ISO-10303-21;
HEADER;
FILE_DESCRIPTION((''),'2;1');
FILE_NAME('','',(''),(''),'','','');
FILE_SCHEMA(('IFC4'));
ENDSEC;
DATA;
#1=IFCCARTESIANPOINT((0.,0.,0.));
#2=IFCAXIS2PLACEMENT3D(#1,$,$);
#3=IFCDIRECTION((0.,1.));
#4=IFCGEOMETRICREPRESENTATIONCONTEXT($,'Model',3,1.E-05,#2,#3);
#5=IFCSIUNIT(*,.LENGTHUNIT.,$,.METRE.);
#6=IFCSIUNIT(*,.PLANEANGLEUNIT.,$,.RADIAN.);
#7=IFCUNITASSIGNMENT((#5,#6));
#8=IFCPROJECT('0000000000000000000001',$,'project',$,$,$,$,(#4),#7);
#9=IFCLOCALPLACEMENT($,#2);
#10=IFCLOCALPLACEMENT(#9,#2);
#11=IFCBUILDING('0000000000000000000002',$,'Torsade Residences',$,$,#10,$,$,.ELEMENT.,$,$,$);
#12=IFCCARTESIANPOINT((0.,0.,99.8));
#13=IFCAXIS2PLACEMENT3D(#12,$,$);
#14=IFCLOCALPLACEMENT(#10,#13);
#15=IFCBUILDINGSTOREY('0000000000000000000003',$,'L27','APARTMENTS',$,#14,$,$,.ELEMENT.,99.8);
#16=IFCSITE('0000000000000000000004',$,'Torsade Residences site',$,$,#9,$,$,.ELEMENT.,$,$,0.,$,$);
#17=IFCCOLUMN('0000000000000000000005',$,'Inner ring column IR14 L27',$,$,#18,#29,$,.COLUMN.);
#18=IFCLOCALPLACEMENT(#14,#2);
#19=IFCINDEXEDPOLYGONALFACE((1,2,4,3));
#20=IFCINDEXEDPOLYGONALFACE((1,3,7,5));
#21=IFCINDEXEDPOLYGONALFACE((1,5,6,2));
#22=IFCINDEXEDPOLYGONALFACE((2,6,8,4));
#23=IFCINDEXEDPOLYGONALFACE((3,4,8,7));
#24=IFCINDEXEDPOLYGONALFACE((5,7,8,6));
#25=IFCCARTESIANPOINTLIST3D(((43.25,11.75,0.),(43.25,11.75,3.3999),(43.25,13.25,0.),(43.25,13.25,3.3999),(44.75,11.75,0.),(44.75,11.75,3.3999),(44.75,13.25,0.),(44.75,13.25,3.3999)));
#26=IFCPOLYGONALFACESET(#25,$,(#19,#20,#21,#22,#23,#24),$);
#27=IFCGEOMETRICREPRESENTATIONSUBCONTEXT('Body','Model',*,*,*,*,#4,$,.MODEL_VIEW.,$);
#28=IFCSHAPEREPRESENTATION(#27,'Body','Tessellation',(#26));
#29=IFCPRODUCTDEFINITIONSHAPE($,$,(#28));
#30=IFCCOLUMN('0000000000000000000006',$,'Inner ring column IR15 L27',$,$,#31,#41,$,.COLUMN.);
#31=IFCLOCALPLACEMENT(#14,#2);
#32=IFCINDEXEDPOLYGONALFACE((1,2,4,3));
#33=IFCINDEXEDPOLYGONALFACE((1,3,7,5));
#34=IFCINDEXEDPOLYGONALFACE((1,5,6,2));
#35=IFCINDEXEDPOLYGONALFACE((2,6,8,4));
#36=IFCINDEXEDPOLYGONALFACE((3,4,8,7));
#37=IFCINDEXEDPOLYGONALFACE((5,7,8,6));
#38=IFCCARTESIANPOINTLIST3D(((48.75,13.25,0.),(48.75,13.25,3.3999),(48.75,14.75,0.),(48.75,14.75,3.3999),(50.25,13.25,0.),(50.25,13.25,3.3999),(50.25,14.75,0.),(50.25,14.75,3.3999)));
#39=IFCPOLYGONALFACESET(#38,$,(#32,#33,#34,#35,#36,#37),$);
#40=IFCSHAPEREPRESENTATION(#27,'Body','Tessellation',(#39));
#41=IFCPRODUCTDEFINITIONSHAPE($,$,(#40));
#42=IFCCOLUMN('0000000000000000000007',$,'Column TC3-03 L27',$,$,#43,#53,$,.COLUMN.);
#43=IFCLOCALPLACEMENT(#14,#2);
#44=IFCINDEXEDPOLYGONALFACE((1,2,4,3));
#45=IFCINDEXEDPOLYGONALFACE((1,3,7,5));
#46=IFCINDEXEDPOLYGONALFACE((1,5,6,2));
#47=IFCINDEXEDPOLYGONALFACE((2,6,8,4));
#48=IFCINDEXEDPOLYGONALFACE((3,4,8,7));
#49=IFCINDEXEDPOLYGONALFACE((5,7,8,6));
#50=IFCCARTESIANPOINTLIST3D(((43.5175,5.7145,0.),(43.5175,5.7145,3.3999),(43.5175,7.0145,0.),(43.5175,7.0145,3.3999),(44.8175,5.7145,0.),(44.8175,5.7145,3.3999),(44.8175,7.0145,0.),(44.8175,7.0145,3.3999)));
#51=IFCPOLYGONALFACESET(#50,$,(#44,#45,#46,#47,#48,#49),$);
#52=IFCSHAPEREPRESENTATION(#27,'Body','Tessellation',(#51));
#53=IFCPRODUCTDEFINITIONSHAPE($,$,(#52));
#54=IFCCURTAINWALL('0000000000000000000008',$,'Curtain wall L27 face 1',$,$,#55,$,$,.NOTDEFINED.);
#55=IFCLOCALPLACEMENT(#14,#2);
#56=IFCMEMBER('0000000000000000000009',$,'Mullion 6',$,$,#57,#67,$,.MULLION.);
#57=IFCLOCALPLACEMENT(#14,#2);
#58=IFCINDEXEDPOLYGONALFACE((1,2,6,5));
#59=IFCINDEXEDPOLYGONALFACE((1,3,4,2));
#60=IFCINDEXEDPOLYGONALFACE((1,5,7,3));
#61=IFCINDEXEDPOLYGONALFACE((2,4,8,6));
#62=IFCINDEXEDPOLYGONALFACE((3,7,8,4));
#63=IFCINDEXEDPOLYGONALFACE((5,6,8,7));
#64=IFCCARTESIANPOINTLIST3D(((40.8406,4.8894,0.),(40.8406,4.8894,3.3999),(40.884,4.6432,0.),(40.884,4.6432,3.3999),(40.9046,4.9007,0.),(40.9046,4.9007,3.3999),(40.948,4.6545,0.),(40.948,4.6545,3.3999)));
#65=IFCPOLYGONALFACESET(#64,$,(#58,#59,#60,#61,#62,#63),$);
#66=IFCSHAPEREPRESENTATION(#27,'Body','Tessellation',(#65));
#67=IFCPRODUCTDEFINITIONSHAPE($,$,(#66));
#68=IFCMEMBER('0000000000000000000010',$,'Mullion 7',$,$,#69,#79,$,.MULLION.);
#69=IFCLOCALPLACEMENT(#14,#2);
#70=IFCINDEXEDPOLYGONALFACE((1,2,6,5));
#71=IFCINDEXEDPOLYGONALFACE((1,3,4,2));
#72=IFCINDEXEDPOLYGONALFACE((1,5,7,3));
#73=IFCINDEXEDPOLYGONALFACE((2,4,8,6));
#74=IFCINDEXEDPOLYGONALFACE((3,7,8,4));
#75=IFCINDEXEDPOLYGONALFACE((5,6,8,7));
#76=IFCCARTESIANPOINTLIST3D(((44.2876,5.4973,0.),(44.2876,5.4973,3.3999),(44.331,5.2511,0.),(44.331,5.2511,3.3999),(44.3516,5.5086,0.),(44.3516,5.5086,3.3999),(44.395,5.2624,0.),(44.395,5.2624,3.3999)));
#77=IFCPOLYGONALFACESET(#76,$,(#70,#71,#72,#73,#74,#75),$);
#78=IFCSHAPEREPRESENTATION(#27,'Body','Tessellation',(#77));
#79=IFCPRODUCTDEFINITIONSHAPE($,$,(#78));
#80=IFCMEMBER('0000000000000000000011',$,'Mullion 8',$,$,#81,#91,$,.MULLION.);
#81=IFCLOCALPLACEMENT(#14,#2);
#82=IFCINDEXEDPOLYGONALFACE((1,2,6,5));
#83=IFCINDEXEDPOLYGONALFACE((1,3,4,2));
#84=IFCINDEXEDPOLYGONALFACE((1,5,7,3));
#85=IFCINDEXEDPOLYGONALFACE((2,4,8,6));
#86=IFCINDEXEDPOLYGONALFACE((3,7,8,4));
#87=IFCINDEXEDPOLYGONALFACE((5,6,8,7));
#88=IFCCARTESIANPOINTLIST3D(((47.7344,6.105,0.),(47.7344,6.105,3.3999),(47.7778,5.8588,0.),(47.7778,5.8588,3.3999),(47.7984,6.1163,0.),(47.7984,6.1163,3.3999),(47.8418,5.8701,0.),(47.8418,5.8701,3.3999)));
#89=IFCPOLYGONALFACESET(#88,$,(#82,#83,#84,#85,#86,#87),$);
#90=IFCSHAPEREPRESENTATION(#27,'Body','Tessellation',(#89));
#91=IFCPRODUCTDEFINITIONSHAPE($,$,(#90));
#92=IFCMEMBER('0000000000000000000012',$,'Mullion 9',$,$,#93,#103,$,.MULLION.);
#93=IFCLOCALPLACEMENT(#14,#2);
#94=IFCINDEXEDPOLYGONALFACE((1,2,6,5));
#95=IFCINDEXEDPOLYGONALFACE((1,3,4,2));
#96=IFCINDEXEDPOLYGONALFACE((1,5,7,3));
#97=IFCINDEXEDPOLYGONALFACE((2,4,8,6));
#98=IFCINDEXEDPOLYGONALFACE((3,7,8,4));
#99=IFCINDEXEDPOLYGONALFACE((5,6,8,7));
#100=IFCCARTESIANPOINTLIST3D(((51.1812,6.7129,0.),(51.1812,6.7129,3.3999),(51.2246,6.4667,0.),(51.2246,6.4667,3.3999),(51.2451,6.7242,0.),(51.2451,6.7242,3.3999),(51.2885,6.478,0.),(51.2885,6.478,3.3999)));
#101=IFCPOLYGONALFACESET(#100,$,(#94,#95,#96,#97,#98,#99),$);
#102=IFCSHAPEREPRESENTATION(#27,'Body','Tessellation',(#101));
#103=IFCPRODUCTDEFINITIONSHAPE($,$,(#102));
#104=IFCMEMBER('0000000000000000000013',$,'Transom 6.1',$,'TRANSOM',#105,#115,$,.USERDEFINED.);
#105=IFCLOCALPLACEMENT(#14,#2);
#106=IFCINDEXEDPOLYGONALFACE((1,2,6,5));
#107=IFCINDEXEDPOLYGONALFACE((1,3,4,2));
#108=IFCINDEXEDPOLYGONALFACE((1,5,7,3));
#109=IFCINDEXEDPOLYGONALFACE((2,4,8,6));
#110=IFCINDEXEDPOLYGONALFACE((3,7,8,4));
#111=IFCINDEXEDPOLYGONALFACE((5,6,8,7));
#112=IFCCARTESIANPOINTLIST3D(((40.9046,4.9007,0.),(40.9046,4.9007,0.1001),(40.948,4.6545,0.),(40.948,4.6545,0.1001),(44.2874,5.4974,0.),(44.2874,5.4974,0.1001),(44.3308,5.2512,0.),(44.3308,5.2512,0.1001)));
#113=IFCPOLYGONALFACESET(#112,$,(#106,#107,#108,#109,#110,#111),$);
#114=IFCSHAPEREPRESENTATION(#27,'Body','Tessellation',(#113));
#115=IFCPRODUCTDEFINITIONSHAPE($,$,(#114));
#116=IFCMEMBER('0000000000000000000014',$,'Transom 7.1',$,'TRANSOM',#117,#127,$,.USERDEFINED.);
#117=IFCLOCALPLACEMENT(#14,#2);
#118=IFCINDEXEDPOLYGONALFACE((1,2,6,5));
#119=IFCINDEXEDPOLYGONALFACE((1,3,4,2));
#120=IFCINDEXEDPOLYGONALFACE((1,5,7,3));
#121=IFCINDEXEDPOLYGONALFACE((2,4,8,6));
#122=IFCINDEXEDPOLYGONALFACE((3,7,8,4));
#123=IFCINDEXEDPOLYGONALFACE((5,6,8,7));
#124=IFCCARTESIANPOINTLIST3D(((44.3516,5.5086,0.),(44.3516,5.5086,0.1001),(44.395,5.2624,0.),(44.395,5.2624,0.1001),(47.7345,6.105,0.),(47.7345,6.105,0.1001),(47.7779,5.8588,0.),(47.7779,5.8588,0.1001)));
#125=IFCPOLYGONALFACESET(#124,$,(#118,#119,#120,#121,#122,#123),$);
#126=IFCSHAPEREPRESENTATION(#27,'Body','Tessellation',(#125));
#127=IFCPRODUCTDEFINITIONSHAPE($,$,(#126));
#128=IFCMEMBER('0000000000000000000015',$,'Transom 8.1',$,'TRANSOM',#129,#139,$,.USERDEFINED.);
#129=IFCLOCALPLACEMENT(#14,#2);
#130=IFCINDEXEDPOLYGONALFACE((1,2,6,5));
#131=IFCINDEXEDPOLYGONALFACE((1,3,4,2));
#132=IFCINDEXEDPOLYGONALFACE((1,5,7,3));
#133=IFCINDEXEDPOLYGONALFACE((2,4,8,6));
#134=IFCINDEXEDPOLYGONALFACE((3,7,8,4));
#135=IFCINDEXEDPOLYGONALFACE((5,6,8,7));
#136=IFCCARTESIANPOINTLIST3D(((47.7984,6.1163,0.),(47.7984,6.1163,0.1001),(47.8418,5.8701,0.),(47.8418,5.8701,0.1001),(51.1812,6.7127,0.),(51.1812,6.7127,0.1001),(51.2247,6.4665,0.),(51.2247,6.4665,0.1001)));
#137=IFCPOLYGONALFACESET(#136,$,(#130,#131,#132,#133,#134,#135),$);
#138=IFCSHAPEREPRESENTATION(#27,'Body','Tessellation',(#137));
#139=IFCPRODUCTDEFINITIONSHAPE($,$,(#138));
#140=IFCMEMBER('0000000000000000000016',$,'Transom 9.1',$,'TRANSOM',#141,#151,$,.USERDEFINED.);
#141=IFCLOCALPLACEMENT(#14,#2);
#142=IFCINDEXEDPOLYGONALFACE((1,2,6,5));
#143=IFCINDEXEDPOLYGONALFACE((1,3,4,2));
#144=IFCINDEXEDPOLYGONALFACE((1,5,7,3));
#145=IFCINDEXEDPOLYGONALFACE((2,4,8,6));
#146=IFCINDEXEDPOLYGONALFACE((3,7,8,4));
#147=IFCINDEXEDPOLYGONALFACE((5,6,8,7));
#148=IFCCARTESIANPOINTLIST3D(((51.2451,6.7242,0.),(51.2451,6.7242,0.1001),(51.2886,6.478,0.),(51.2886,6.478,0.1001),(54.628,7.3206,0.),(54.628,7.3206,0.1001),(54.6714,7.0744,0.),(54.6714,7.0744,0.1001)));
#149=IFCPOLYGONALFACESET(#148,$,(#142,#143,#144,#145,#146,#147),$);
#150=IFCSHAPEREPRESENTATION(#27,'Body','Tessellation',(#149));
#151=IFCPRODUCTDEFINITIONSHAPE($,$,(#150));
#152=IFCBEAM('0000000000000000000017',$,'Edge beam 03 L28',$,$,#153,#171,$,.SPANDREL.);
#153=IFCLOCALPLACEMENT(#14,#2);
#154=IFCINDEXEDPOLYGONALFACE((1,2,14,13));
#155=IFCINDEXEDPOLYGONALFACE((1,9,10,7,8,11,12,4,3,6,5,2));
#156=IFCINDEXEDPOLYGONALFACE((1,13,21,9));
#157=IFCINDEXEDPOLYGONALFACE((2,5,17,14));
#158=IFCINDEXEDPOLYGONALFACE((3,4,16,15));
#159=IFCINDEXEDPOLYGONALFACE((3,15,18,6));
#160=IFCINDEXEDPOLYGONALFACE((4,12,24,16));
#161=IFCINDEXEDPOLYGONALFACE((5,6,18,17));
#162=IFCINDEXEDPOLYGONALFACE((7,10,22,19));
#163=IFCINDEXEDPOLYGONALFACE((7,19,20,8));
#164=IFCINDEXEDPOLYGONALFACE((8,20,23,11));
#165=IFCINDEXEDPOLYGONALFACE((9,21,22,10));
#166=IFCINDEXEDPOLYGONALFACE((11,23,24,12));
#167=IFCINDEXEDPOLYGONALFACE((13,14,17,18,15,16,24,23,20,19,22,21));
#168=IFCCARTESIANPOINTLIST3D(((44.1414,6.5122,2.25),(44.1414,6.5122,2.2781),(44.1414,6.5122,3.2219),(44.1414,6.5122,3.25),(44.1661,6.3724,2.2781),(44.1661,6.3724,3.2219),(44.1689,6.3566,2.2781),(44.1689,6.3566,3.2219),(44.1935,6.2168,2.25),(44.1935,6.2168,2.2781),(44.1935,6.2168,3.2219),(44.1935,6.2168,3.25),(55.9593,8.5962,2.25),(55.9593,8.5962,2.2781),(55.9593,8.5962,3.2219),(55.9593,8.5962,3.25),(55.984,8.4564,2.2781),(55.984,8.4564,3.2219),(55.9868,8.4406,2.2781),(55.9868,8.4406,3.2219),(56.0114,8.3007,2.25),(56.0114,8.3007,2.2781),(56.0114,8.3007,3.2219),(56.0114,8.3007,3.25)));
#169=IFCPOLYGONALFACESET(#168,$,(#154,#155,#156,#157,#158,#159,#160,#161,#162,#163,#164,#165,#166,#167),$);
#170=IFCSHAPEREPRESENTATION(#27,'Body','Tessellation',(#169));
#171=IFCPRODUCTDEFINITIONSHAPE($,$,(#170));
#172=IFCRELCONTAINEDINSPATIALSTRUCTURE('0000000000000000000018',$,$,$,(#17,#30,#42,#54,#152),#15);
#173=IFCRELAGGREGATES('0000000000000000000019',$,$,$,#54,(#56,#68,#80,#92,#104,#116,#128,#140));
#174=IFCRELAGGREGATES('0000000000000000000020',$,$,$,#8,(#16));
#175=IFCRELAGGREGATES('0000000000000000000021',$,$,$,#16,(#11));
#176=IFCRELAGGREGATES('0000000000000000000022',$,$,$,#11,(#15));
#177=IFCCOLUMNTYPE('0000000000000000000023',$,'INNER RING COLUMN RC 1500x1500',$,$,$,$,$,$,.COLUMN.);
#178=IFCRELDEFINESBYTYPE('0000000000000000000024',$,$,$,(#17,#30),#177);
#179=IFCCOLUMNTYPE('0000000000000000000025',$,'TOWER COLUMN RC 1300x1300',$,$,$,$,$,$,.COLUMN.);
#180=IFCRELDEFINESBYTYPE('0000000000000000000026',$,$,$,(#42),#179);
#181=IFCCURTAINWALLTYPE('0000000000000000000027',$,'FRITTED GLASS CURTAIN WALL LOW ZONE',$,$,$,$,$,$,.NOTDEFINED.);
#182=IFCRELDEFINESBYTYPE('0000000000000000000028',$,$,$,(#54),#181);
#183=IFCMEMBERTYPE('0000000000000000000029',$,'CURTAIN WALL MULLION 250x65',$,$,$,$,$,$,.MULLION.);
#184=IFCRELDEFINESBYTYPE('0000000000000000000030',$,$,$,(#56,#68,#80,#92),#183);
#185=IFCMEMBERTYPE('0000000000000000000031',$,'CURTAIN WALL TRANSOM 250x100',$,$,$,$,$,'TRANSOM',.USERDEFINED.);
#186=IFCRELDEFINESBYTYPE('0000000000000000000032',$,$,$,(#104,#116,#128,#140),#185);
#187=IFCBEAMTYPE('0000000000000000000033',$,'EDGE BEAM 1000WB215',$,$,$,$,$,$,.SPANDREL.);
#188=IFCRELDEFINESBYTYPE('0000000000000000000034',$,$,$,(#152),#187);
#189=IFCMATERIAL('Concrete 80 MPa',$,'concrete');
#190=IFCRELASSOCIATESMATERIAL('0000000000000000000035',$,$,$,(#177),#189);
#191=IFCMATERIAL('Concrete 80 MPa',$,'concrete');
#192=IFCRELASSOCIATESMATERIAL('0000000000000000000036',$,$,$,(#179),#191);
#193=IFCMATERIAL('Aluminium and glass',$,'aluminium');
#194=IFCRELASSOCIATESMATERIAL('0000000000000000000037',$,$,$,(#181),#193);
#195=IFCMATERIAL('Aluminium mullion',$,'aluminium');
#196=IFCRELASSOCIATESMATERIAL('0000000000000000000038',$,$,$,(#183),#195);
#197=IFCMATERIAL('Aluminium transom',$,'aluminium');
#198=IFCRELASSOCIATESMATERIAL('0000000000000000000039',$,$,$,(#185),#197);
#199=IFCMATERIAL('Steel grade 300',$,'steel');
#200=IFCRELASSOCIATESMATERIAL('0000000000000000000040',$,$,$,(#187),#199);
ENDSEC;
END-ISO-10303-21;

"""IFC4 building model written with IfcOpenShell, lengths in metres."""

from ifc_helpers import new_model, si_unit, direction, frame, origin, origin_2d, place, context, subcontext, project, spatial, rectangle, i_section, extrude, material, material_profile, profile_set, type_object, element, aggregate, save


model = new_model("IFC4")

# Units and contexts
model_context = context("Model", 3, precision=1e-05, world=origin(), true_north=direction((0.0, 1.0)))
body_context = subcontext(model_context, "Body", "Model", "MODEL_VIEW")
ifc_project = project(units=[si_unit("LENGTHUNIT", "METRE"), si_unit("PLANEANGLEUNIT", "RADIAN")], contexts=[model_context])

# Site, building, storey
site_placement = place(None, origin())
site = spatial("IfcSite", under=ifc_project, at=site_placement, Name="Torsade Residences site", CompositionType="ELEMENT", RefElevation=0.0)
building_placement = place(site_placement, origin())
building = spatial("IfcBuilding", under=site, at=building_placement, Name="Torsade Residences", CompositionType="ELEMENT")
storey_placement = place(building_placement, frame((0.0, 0.0, 99.8)))
storey = spatial("IfcBuildingStorey", under=building, at=storey_placement, Name="L27", Description="APARTMENTS", CompositionType="ELEMENT", Elevation=99.8)

# Columns
ifc_material_1 = material(Name="Concrete 80 MPa", Category="concrete")
ifc_material_profile_1 = material_profile(ifc_material_1, rectangle(XDim=1.5, YDim=1.5, at=origin_2d()), Name="RC 1500x1500")
ifc_profile_set_1 = profile_set([ifc_material_profile_1], Name="Concrete 80 MPa")
column_type_1 = type_object("IfcColumnType", Name="INNER RING COLUMN RC 1500x1500", PredefinedType="COLUMN", material=ifc_profile_set_1)
for number, where, z_axis, x_axis, name in (
    (1, (44.0, 12.5, 0.0), (0.0, 0.0, 1.0), (1.0, 0.0, 0.0), "Inner ring column IR14 L27"),
    (2, (49.5, 14.0, 0.0), (0.0, 0.0, 1.0), (1.0, 0.0, 0.0), "Inner ring column IR15 L27"),
):
    element("IfcColumn", number, at=place(storey_placement, frame(where, z_axis=z_axis, x_axis=x_axis)), inside=storey, type_object=column_type_1, Name=name, PredefinedType="COLUMN", context=body_context, shape_type="SweptSolid", body=[
        extrude(rectangle(XDim=1.5, YDim=1.5, at=origin_2d()), origin(), (0.0, 0.0, 1.0), 3.3999),
    ])
ifc_material_2 = material(Name="Concrete 80 MPa", Category="concrete")
ifc_material_profile_2 = material_profile(ifc_material_2, rectangle(XDim=1.3, YDim=1.3, at=origin_2d()), Name="RC 1300x1300")
ifc_profile_set_2 = profile_set([ifc_material_profile_2], Name="Concrete 80 MPa")
column_type_2 = type_object("IfcColumnType", Name="TOWER COLUMN RC 1300x1300", PredefinedType="COLUMN", material=ifc_profile_set_2)
column_placement = place(storey_placement, frame((44.1675, 6.3645, 0.0), z_axis=(0.0, 0.0, 1.0), x_axis=(1.0, 0.0, 0.0)))
element("IfcColumn", 3, at=column_placement, inside=storey, type_object=column_type_2, Name="Column TC3-03 L27", PredefinedType="COLUMN", context=body_context, shape_type="SweptSolid", body=[
    extrude(rectangle(XDim=1.3, YDim=1.3, at=origin_2d()), origin(), (0.0, 0.0, 1.0), 3.3999),
])

# Curtain wall, members
ifc_material_3 = material(Name="Aluminium and glass", Category="aluminium")
curtain_wall_type = type_object("IfcCurtainWallType", Name="FRITTED GLASS CURTAIN WALL LOW ZONE", PredefinedType="NOTDEFINED", material=ifc_material_3)
curtain_wall_placement = place(storey_placement, origin())
curtain_wall = element("IfcCurtainWall", 4, at=curtain_wall_placement, inside=storey, type_object=curtain_wall_type, Name="Curtain wall L27 face 1", PredefinedType="NOTDEFINED")
ifc_material_4 = material(Name="Aluminium mullion", Category="aluminium")
ifc_material_profile_3 = material_profile(ifc_material_4, rectangle(XDim=0.25, YDim=0.0649, at=origin_2d()), Name="CURTAIN WALL MULLION 250x65")
ifc_profile_set_3 = profile_set([ifc_material_profile_3], Name="Aluminium mullion")
member_type_1 = type_object("IfcMemberType", Name="CURTAIN WALL MULLION 250x65", PredefinedType="MULLION", material=ifc_profile_set_3)
member_1_placement = place(storey_placement, frame((40.8943, 4.772, 0.0), z_axis=(0.0, 0.0, 1.0), x_axis=(-0.173648, 0.984808, 0.0)))
member_1 = element("IfcMember", 5, at=member_1_placement, type_object=member_type_1, Name="Mullion 6", PredefinedType="MULLION", context=body_context, shape_type="SweptSolid", body=[
    extrude(rectangle(XDim=0.25, YDim=0.0649, at=origin_2d()), origin(), (0.0, 0.0, 1.0), 3.3999),
])
member_2_placement = place(storey_placement, frame((44.3413, 5.3799, 0.0), z_axis=(0.0, 0.0, 1.0), x_axis=(-0.173648, 0.984808, 0.0)))
member_2 = element("IfcMember", 6, at=member_2_placement, type_object=member_type_1, Name="Mullion 7", PredefinedType="MULLION", context=body_context, shape_type="SweptSolid", body=[
    extrude(rectangle(XDim=0.25, YDim=0.0649, at=origin_2d()), origin(), (0.0, 0.0, 1.0), 3.3999),
])
member_3_placement = place(storey_placement, frame((47.7881, 5.9875, 0.0), z_axis=(0.0, 0.0, 1.0), x_axis=(-0.173648, 0.984808, 0.0)))
member_3 = element("IfcMember", 7, at=member_3_placement, type_object=member_type_1, Name="Mullion 8", PredefinedType="MULLION", context=body_context, shape_type="SweptSolid", body=[
    extrude(rectangle(XDim=0.25, YDim=0.0649, at=origin_2d()), origin(), (0.0, 0.0, 1.0), 3.3999),
])
member_4_placement = place(storey_placement, frame((51.2349, 6.5955, 0.0), z_axis=(0.0, 0.0, 1.0), x_axis=(-0.173648, 0.984808, 0.0)))
member_4 = element("IfcMember", 8, at=member_4_placement, type_object=member_type_1, Name="Mullion 9", PredefinedType="MULLION", context=body_context, shape_type="SweptSolid", body=[
    extrude(rectangle(XDim=0.25, YDim=0.0649, at=origin_2d()), origin(), (0.0, 0.0, 1.0), 3.3999),
])
ifc_material_5 = material(Name="Aluminium transom", Category="aluminium")
ifc_material_profile_4 = material_profile(ifc_material_5, rectangle(XDim=0.25, YDim=0.1001, at=origin_2d()), Name="CURTAIN WALL TRANSOM 250x100")
ifc_profile_set_4 = profile_set([ifc_material_profile_4], Name="Aluminium transom")
member_type_2 = type_object("IfcMemberType", Name="CURTAIN WALL TRANSOM 250x100", ElementType="TRANSOM", PredefinedType="USERDEFINED", material=ifc_profile_set_4)
member_5_placement = place(storey_placement, frame((40.9263, 4.7776, 0.05), z_axis=(0.984798, 0.173704, 0.0), x_axis=(-0.173704, 0.984798, 0.0)))
member_5 = element("IfcMember", 9, at=member_5_placement, type_object=member_type_2, Name="Transom 6.1", ObjectType="TRANSOM", PredefinedType="USERDEFINED", context=body_context, shape_type="SweptSolid", body=[
    extrude(rectangle(XDim=0.25, YDim=0.1001, at=origin_2d()), origin(), (0.0, 0.0, 1.0), 3.4351),
])
member_6_placement = place(storey_placement, frame((44.3733, 5.3855, 0.05), z_axis=(0.98481, 0.173635, 0.0), x_axis=(-0.173635, 0.98481, 0.0)))
member_6 = element("IfcMember", 10, at=member_6_placement, type_object=member_type_2, Name="Transom 7.1", ObjectType="TRANSOM", PredefinedType="USERDEFINED", context=body_context, shape_type="SweptSolid", body=[
    extrude(rectangle(XDim=0.25, YDim=0.1001, at=origin_2d()), origin(), (0.0, 0.0, 1.0), 3.4351),
])
member_7_placement = place(storey_placement, frame((47.8201, 5.9932, 0.05), z_axis=(0.98481, 0.173635, 0.0), x_axis=(-0.173635, 0.98481, 0.0)))
member_7 = element("IfcMember", 11, at=member_7_placement, type_object=member_type_2, Name="Transom 8.1", ObjectType="TRANSOM", PredefinedType="USERDEFINED", context=body_context, shape_type="SweptSolid", body=[
    extrude(rectangle(XDim=0.25, YDim=0.1001, at=origin_2d()), origin(), (0.0, 0.0, 1.0), 3.4351),
])
member_8_placement = place(storey_placement, frame((51.2668, 6.6011, 0.05), z_axis=(0.98481, 0.173635, 0.0), x_axis=(-0.173635, 0.98481, 0.0)))
member_8 = element("IfcMember", 12, at=member_8_placement, type_object=member_type_2, Name="Transom 9.1", ObjectType="TRANSOM", PredefinedType="USERDEFINED", context=body_context, shape_type="SweptSolid", body=[
    extrude(rectangle(XDim=0.25, YDim=0.1001, at=origin_2d()), origin(), (0.0, 0.0, 1.0), 3.4351),
])

# Beam
ifc_material_6 = material(Name="Steel grade 300", Category="steel")
ifc_material_profile_5 = material_profile(ifc_material_6, i_section(OverallWidth=0.3, OverallDepth=1.0, WebThickness=0.0161, FlangeThickness=0.0281, at=origin_2d()), Name="1000WB215")
ifc_profile_set_5 = profile_set([ifc_material_profile_5], Name="Steel grade 300")
beam_type_1 = type_object("IfcBeamType", Name="EDGE BEAM 1000WB215", PredefinedType="SPANDREL", material=ifc_profile_set_5)
beam_1_placement = place(storey_placement, frame((44.1675, 6.3645, 2.75), z_axis=(0.984805, 0.173662, 0.0), x_axis=(-0.173662, 0.984805, 0.0)))
element("IfcBeam", 13, at=beam_1_placement, inside=storey, type_object=beam_type_1, Name="Edge beam 03 L28", PredefinedType="SPANDREL", context=body_context, shape_type="SweptSolid", body=[
    extrude(i_section(OverallWidth=0.3, OverallDepth=1.0, WebThickness=0.0161, FlangeThickness=0.0281, at=origin_2d()), origin(), (0.0, 0.0, 1.0), 12.0002),
])

aggregate(curtain_wall, [member_1, member_2, member_3, member_4, member_5, member_6, member_7, member_8])

save(model, "model.ifc")
